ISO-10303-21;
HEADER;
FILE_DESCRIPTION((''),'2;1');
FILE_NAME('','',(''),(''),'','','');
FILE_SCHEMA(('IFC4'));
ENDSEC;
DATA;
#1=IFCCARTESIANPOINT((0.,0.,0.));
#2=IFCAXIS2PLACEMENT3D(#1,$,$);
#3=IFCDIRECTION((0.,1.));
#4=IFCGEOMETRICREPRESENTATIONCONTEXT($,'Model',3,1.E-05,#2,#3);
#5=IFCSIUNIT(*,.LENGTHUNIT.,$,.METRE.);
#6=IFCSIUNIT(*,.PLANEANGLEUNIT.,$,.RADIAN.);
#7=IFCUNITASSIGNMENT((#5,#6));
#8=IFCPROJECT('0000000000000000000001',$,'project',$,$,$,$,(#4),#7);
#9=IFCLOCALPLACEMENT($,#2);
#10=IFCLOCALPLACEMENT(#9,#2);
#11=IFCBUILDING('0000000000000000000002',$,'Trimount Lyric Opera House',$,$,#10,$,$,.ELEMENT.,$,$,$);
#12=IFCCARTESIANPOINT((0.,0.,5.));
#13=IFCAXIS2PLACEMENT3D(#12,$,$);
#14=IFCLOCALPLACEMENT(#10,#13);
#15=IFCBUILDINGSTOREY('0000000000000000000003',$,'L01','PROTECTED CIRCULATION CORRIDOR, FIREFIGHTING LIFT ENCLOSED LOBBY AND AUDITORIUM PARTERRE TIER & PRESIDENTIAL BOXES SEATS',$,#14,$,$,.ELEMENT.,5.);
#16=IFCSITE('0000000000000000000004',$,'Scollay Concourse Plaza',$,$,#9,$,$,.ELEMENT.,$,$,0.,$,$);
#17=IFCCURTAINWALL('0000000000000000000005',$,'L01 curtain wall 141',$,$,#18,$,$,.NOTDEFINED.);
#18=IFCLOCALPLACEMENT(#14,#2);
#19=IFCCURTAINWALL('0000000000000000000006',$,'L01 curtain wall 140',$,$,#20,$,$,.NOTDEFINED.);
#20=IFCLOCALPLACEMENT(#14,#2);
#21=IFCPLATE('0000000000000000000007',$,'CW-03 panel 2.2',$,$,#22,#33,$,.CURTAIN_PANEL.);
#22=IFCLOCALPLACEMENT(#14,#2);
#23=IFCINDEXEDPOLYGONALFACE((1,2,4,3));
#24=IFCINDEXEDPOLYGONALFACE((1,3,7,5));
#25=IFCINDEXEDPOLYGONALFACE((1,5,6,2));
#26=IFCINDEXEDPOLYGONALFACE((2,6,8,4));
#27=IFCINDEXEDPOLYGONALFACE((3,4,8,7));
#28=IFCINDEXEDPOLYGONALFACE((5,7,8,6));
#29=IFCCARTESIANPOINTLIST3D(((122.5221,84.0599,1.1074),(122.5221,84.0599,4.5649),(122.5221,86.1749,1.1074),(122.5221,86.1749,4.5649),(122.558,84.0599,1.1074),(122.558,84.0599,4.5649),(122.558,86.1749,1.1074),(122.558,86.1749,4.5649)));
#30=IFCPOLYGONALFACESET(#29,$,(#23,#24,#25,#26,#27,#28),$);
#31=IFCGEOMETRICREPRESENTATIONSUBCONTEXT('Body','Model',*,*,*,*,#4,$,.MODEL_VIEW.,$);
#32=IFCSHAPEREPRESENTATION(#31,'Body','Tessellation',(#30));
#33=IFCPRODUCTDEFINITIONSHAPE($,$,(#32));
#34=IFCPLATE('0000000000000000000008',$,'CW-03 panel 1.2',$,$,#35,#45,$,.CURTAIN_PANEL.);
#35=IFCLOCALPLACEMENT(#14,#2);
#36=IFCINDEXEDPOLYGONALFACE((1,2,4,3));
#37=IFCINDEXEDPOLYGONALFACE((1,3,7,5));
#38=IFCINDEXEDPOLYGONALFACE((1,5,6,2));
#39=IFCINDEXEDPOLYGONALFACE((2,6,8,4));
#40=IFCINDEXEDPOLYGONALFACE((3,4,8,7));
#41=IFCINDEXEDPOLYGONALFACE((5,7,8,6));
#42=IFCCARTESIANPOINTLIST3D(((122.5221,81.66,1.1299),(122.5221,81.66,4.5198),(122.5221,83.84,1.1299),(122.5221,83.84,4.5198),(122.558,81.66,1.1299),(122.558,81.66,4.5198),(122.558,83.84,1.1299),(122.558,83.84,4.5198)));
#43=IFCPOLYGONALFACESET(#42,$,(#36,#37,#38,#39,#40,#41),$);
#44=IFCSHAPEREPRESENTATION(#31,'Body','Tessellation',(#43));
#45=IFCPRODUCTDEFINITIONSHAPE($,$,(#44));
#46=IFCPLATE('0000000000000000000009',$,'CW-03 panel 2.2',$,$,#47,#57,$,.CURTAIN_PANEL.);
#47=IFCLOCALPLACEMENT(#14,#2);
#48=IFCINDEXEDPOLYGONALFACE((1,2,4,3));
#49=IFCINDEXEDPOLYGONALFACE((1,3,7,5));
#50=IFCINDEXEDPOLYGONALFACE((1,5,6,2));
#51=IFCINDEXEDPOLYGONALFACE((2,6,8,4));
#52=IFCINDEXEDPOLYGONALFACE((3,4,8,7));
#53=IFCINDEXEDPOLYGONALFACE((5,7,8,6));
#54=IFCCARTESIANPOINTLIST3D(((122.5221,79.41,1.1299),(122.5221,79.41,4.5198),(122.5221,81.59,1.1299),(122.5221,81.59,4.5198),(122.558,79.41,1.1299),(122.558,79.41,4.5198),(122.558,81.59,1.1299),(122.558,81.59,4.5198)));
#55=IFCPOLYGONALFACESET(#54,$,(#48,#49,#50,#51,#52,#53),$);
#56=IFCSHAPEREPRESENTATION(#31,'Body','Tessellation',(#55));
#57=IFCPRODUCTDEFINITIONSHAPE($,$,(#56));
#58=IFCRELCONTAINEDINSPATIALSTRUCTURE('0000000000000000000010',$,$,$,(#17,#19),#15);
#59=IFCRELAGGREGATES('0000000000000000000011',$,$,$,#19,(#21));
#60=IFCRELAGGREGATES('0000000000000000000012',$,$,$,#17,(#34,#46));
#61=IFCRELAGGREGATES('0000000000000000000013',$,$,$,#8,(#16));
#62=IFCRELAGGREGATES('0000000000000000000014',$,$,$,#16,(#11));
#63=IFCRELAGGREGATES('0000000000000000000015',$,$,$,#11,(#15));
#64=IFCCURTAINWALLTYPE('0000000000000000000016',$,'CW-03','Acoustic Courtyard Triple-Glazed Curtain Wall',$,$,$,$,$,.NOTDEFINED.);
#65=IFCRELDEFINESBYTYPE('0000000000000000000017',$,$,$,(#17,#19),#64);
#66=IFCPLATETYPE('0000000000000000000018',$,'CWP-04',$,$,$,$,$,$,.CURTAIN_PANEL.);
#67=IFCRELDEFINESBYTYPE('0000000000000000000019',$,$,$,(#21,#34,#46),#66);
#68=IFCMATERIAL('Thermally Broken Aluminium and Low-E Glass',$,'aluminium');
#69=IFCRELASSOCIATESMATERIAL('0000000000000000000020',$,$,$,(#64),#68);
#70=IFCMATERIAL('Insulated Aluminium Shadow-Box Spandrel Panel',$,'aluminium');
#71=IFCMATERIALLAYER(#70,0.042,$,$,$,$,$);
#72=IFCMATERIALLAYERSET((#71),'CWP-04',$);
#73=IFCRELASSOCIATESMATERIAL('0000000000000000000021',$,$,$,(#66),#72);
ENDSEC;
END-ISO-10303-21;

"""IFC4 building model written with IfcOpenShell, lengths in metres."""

from ifc_helpers import new_model, si_unit, direction, frame, origin, origin_2d, place, context, subcontext, project, spatial, rectangle, extrude, material, layer, layer_set, type_object, element, aggregate, save


model = new_model("IFC4")

# Units and contexts
model_context = context("Model", 3, precision=1e-05, world=origin(), true_north=direction((0.0, 1.0)))
body_context = subcontext(model_context, "Body", "Model", "MODEL_VIEW")
ifc_project = project(units=[si_unit("LENGTHUNIT", "METRE"), si_unit("PLANEANGLEUNIT", "RADIAN")], contexts=[model_context])

# Site, building, storey
site_placement = place(None, origin())
site = spatial("IfcSite", under=ifc_project, at=site_placement, Name="Scollay Concourse Plaza", CompositionType="ELEMENT", RefElevation=0.0)
building_placement = place(site_placement, origin())
building = spatial("IfcBuilding", under=site, at=building_placement, Name="Trimount Lyric Opera House", CompositionType="ELEMENT")
storey_placement = place(building_placement, frame((0.0, 0.0, 5.0)))
storey = spatial("IfcBuildingStorey", under=building, at=storey_placement, Name="L01", Description="PROTECTED CIRCULATION CORRIDOR, FIREFIGHTING LIFT ENCLOSED LOBBY AND AUDITORIUM PARTERRE TIER & PRESIDENTIAL BOXES SEATS", CompositionType="ELEMENT", Elevation=5.0)

# Curtain walls
ifc_material_1 = material(Name="Thermally Broken Aluminium and Low-E Glass", Category="aluminium")
curtain_wall_type = type_object("IfcCurtainWallType", Name="CW-03", Description="Acoustic Courtyard Triple-Glazed Curtain Wall", PredefinedType="NOTDEFINED", material=ifc_material_1)
curtain_wall_1_placement = place(storey_placement, origin())
curtain_wall_1 = element("IfcCurtainWall", 1, at=curtain_wall_1_placement, inside=storey, type_object=curtain_wall_type, Name="L01 curtain wall 141", PredefinedType="NOTDEFINED")
curtain_wall_2_placement = place(storey_placement, origin())
curtain_wall_2 = element("IfcCurtainWall", 2, at=curtain_wall_2_placement, inside=storey, type_object=curtain_wall_type, Name="L01 curtain wall 140", PredefinedType="NOTDEFINED")

# Plates
ifc_material_2 = material(Name="Insulated Aluminium Shadow-Box Spandrel Panel", Category="aluminium")
ifc_layer_1 = layer(ifc_material_2, 0.042)
ifc_layer_set_1 = layer_set([ifc_layer_1], Name="CWP-04")
plate_type_1 = type_object("IfcPlateType", Name="CWP-04", PredefinedType="CURTAIN_PANEL", material=ifc_layer_set_1)
plate_1_placement = place(storey_placement, frame((122.54, 85.1174, 1.1074), z_axis=(0.0, 0.0, 1.0), x_axis=(0.0, -1.0, 0.0)))
plate_1 = element("IfcPlate", 3, at=plate_1_placement, type_object=plate_type_1, Name="CW-03 panel 2.2", PredefinedType="CURTAIN_PANEL", context=body_context, shape_type="SweptSolid", body=[
    extrude(rectangle(XDim=2.115, YDim=0.0359, at=origin_2d()), origin(), (0.0, 0.0, 1.0), 3.4575),
])
aggregate(curtain_wall_2, [plate_1])
plate_2_placement = place(storey_placement, frame((122.54, 82.75, 1.1299), z_axis=(0.0, 0.0, 1.0), x_axis=(0.0, -1.0, 0.0)))
plate_2 = element("IfcPlate", 4, at=plate_2_placement, type_object=plate_type_1, Name="CW-03 panel 1.2", PredefinedType="CURTAIN_PANEL", context=body_context, shape_type="SweptSolid", body=[
    extrude(rectangle(XDim=2.1799, YDim=0.0359, at=origin_2d()), origin(), (0.0, 0.0, 1.0), 3.3899),
])
plate_3_placement = place(storey_placement, frame((122.54, 80.5, 1.1299), z_axis=(0.0, 0.0, 1.0), x_axis=(0.0, -1.0, 0.0)))
plate_3 = element("IfcPlate", 5, at=plate_3_placement, type_object=plate_type_1, Name="CW-03 panel 2.2", PredefinedType="CURTAIN_PANEL", context=body_context, shape_type="SweptSolid", body=[
    extrude(rectangle(XDim=2.1799, YDim=0.0359, at=origin_2d()), origin(), (0.0, 0.0, 1.0), 3.3899),
])
aggregate(curtain_wall_1, [plate_2, plate_3])

save(model, "model.ifc")
